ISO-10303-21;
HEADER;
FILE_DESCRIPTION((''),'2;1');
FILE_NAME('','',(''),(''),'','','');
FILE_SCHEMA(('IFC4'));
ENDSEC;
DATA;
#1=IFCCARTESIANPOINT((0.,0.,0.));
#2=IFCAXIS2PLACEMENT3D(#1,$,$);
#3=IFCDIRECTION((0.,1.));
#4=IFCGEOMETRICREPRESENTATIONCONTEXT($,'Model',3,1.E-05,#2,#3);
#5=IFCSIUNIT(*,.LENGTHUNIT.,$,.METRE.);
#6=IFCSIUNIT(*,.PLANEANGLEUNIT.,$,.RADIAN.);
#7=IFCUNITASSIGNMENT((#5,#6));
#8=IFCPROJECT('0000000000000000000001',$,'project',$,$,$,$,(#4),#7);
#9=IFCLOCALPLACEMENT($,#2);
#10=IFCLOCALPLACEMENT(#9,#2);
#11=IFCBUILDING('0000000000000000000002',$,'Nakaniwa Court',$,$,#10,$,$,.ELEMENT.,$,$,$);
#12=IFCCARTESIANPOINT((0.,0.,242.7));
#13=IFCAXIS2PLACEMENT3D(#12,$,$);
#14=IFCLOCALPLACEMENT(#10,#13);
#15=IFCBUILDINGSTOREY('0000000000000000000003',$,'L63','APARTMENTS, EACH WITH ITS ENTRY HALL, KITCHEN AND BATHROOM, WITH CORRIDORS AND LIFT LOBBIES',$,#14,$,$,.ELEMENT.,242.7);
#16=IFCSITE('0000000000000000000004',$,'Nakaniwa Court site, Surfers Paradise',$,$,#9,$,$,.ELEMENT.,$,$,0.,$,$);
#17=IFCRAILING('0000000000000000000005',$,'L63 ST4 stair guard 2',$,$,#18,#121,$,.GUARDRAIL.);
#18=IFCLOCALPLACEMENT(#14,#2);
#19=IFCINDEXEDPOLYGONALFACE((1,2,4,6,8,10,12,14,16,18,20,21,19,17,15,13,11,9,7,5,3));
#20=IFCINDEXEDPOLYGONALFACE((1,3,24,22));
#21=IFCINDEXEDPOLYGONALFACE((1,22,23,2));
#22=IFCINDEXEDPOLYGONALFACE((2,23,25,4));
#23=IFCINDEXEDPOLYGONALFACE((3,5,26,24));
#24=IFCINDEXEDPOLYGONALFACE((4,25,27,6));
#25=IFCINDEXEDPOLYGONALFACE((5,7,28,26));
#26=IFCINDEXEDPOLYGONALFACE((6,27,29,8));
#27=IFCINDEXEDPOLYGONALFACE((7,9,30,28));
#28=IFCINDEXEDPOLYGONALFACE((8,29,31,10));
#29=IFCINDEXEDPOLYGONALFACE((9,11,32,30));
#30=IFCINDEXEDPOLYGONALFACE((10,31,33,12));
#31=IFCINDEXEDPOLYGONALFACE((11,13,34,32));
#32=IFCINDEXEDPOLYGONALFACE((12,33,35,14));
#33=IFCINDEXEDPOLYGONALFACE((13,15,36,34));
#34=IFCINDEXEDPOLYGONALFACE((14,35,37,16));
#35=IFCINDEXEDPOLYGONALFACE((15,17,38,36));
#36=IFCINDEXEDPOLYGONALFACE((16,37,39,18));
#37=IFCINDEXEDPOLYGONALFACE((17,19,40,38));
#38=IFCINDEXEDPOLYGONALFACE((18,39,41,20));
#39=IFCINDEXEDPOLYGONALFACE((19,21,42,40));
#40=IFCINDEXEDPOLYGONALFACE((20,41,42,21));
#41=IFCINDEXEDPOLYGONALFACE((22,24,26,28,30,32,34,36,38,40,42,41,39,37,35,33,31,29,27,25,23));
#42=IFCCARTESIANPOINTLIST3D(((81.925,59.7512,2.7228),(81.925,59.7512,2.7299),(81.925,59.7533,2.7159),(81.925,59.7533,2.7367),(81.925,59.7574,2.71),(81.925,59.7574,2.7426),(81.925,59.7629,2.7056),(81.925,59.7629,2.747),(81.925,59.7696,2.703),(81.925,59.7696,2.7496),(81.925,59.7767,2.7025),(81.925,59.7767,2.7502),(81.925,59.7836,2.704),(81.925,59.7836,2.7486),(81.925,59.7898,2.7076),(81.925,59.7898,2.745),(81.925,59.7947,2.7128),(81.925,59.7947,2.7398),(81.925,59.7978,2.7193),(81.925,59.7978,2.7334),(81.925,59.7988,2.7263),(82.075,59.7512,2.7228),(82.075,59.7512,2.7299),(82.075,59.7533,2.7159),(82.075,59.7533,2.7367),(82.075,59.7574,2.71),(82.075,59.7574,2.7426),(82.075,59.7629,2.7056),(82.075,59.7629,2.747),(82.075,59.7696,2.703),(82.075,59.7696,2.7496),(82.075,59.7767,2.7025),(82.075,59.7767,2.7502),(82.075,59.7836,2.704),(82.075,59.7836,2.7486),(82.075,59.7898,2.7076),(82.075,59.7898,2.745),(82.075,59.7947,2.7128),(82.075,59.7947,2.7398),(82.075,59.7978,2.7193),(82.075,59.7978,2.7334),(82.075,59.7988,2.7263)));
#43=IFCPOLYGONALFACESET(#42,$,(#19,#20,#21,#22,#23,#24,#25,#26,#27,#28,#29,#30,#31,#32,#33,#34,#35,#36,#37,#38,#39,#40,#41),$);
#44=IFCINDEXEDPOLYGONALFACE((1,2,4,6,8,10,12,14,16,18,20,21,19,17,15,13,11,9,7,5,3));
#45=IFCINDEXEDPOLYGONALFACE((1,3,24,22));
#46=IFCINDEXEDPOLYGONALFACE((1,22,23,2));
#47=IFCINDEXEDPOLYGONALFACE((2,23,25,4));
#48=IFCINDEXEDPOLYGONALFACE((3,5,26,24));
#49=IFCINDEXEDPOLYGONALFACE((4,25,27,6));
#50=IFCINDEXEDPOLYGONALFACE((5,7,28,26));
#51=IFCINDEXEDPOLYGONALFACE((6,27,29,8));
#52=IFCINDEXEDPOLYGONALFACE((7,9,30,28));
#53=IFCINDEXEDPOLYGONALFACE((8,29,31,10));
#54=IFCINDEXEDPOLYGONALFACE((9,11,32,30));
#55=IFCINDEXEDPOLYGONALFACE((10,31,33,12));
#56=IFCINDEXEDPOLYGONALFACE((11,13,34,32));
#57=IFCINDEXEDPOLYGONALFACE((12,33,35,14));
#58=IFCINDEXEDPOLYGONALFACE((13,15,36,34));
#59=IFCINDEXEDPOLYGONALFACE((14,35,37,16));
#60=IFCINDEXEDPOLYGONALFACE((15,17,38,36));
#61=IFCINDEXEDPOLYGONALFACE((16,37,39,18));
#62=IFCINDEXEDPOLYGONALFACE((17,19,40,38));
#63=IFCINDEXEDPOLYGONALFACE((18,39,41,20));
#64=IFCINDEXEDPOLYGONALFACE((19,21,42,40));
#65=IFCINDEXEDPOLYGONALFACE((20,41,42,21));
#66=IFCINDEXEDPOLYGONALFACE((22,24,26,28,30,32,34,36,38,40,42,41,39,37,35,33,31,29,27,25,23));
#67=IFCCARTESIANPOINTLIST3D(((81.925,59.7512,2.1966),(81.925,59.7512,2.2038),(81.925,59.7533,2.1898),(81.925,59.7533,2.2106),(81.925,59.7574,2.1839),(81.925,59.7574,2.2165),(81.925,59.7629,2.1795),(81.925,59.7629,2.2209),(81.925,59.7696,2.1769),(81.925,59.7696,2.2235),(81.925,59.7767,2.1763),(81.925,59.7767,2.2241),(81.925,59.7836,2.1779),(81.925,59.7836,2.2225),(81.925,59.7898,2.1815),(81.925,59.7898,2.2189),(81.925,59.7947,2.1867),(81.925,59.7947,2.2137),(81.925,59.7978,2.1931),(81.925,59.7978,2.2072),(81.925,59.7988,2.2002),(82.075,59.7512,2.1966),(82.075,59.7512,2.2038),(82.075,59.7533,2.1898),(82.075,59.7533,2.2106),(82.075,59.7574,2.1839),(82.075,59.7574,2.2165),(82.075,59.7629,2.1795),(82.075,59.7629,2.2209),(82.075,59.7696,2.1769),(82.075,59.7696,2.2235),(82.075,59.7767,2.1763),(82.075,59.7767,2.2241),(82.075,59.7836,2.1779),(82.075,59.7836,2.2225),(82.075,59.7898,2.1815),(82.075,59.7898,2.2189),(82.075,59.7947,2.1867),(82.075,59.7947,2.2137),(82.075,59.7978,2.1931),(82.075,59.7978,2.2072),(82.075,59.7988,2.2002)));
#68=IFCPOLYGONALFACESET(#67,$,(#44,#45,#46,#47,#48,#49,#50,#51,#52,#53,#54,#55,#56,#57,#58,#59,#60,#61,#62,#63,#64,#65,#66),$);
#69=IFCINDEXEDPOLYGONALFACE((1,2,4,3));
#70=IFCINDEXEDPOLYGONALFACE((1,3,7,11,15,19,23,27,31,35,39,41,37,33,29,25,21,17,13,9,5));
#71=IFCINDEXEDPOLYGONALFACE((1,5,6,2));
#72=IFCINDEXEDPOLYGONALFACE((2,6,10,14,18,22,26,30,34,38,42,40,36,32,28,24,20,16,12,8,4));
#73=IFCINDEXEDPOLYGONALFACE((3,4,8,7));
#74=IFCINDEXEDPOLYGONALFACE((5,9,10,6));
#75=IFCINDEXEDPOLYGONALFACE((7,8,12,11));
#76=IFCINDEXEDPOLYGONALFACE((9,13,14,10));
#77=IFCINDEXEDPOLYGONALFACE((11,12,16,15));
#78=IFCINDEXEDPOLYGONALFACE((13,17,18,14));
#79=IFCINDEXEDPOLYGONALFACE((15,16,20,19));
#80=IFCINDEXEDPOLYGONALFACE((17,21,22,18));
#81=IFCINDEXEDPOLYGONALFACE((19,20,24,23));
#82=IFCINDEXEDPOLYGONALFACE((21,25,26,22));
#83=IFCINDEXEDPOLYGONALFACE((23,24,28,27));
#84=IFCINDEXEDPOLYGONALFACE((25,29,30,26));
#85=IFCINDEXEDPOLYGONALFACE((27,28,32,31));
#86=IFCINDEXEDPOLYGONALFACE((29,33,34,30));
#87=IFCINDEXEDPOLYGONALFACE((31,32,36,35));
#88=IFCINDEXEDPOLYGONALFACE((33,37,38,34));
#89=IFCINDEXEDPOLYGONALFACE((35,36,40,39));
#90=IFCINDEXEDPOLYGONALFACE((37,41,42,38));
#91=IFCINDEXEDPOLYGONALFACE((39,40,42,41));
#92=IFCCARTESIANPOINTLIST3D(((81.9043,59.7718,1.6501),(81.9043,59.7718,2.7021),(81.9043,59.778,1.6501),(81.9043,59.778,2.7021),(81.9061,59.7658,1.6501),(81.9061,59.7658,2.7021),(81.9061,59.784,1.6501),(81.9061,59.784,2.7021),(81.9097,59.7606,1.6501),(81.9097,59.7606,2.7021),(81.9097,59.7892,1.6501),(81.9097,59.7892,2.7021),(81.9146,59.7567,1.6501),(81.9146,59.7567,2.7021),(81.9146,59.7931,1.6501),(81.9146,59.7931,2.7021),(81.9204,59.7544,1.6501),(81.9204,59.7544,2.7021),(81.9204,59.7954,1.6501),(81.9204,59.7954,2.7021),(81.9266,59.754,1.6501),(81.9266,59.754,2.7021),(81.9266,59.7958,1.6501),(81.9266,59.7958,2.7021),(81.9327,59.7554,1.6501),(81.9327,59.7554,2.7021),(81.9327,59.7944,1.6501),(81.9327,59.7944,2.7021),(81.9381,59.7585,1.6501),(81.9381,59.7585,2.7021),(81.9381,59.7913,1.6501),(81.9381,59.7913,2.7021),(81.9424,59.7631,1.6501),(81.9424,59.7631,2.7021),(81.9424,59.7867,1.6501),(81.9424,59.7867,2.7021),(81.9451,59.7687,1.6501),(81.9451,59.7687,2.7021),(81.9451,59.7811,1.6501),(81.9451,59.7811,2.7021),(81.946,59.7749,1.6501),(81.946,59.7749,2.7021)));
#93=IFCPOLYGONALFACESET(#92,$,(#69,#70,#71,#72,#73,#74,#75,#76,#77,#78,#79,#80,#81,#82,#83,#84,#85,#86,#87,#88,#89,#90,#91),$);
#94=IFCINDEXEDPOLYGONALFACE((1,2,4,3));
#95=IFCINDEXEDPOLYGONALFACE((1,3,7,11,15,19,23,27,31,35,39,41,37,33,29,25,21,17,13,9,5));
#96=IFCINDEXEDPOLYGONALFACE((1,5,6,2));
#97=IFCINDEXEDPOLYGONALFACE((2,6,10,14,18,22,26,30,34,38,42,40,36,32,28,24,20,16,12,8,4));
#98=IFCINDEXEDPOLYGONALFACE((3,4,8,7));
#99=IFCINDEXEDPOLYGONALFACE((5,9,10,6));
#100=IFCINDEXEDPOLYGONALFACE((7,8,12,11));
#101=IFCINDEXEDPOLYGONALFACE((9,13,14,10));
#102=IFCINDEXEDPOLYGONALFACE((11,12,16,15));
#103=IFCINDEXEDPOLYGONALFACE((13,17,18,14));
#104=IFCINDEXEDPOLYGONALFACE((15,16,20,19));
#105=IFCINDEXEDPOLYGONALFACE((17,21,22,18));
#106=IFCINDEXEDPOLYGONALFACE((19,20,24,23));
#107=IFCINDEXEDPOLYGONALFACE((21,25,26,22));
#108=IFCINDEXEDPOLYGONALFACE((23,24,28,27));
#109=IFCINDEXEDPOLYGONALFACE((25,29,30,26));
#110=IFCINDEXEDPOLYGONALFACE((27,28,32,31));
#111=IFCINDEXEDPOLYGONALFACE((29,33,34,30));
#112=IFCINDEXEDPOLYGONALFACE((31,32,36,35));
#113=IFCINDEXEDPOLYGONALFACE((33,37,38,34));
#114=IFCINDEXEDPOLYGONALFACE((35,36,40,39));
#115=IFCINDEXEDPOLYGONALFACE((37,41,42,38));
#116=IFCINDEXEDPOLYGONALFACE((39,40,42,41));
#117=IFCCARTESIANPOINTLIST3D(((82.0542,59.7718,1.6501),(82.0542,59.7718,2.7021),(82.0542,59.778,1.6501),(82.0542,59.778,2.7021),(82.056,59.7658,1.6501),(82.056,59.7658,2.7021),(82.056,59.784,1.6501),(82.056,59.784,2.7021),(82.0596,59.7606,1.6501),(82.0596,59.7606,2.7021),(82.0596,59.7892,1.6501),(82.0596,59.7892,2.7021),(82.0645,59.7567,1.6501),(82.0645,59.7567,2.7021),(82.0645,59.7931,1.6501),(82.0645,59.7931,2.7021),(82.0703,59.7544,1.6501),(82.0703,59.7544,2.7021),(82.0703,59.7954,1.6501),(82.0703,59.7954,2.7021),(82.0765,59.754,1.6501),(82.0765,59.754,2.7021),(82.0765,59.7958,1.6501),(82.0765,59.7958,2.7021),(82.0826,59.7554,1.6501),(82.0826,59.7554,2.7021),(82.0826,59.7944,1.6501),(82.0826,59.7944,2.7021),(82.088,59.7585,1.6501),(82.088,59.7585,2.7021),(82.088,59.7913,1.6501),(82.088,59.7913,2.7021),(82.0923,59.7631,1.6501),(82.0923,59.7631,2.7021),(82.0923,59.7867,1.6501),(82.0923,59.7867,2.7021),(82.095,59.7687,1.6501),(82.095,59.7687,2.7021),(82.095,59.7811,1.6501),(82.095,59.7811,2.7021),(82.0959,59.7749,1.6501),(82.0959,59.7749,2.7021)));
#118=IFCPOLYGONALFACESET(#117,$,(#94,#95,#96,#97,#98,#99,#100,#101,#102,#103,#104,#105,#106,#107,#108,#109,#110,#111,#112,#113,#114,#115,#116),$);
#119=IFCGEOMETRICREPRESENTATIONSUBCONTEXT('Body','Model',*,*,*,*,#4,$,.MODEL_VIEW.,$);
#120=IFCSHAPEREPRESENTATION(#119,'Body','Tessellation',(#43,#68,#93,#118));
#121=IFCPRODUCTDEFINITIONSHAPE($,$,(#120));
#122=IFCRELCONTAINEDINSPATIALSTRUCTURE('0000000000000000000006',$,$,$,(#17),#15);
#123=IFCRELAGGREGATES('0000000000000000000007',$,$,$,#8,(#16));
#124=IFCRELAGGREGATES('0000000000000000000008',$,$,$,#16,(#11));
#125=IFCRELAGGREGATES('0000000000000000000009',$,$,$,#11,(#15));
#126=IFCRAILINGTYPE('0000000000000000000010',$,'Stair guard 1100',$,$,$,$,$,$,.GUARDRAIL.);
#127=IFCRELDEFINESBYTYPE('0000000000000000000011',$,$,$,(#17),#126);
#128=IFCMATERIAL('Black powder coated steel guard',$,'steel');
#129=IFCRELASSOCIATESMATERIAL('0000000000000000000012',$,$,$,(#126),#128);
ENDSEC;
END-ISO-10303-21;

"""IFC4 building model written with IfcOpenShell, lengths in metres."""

from ifc_helpers import new_model, si_unit, direction, frame, origin, origin_2d, place, context, subcontext, project, spatial, circle, extrude, material, type_object, element, save


model = new_model("IFC4")

# Units and contexts
model_context = context("Model", 3, precision=1e-05, world=origin(), true_north=direction((0.0, 1.0)))
body_context = subcontext(model_context, "Body", "Model", "MODEL_VIEW")
ifc_project = project(units=[si_unit("LENGTHUNIT", "METRE"), si_unit("PLANEANGLEUNIT", "RADIAN")], contexts=[model_context])

# Site, building, storey
site_placement = place(None, origin())
site = spatial("IfcSite", under=ifc_project, at=site_placement, Name="Nakaniwa Court site, Surfers Paradise", CompositionType="ELEMENT", RefElevation=0.0)
building_placement = place(site_placement, origin())
building = spatial("IfcBuilding", under=site, at=building_placement, Name="Nakaniwa Court", CompositionType="ELEMENT")
storey_placement = place(building_placement, frame((0.0, 0.0, 242.7)))
storey = spatial("IfcBuildingStorey", under=building, at=storey_placement, Name="L63", Description="APARTMENTS, EACH WITH ITS ENTRY HALL, KITCHEN AND BATHROOM, WITH CORRIDORS AND LIFT LOBBIES", CompositionType="ELEMENT", Elevation=242.7)

# Railing
ifc_material_1 = material(Name="Black powder coated steel guard", Category="steel")
railing_type_1 = type_object("IfcRailingType", Name="Stair guard 1100", PredefinedType="GUARDRAIL", material=ifc_material_1)
railing_1_placement = place(storey_placement, frame((81.925, 59.7749, 1.6501)))
element("IfcRailing", 1, at=railing_1_placement, inside=storey, type_object=railing_type_1, Name="L63 ST4 stair guard 2", PredefinedType="GUARDRAIL", context=body_context, shape_type="SweptSolid", body=[
    extrude(circle(Radius=0.0239, at=origin_2d()), frame((0.0, 0.0, 1.0762), z_axis=(1.0, 0.0, 0.0), x_axis=(0.0, 1.0, 0.0)), (0.0, 0.0, 1.0), 0.1499),
    extrude(circle(Radius=0.0239, at=origin_2d()), frame((0.0, 0.0, 0.55), z_axis=(1.0, 0.0, 0.0), x_axis=(0.0, 1.0, 0.0)), (0.0, 0.0, 1.0), 0.1499),
    extrude(circle(Radius=0.021, at=origin_2d()), origin(), (0.0, 0.0, 1.0), 1.052),
    extrude(circle(Radius=0.021, at=origin_2d()), frame((0.1499, 0.0, 0.0)), (0.0, 0.0, 1.0), 1.052),
])

save(model, "model.ifc")
